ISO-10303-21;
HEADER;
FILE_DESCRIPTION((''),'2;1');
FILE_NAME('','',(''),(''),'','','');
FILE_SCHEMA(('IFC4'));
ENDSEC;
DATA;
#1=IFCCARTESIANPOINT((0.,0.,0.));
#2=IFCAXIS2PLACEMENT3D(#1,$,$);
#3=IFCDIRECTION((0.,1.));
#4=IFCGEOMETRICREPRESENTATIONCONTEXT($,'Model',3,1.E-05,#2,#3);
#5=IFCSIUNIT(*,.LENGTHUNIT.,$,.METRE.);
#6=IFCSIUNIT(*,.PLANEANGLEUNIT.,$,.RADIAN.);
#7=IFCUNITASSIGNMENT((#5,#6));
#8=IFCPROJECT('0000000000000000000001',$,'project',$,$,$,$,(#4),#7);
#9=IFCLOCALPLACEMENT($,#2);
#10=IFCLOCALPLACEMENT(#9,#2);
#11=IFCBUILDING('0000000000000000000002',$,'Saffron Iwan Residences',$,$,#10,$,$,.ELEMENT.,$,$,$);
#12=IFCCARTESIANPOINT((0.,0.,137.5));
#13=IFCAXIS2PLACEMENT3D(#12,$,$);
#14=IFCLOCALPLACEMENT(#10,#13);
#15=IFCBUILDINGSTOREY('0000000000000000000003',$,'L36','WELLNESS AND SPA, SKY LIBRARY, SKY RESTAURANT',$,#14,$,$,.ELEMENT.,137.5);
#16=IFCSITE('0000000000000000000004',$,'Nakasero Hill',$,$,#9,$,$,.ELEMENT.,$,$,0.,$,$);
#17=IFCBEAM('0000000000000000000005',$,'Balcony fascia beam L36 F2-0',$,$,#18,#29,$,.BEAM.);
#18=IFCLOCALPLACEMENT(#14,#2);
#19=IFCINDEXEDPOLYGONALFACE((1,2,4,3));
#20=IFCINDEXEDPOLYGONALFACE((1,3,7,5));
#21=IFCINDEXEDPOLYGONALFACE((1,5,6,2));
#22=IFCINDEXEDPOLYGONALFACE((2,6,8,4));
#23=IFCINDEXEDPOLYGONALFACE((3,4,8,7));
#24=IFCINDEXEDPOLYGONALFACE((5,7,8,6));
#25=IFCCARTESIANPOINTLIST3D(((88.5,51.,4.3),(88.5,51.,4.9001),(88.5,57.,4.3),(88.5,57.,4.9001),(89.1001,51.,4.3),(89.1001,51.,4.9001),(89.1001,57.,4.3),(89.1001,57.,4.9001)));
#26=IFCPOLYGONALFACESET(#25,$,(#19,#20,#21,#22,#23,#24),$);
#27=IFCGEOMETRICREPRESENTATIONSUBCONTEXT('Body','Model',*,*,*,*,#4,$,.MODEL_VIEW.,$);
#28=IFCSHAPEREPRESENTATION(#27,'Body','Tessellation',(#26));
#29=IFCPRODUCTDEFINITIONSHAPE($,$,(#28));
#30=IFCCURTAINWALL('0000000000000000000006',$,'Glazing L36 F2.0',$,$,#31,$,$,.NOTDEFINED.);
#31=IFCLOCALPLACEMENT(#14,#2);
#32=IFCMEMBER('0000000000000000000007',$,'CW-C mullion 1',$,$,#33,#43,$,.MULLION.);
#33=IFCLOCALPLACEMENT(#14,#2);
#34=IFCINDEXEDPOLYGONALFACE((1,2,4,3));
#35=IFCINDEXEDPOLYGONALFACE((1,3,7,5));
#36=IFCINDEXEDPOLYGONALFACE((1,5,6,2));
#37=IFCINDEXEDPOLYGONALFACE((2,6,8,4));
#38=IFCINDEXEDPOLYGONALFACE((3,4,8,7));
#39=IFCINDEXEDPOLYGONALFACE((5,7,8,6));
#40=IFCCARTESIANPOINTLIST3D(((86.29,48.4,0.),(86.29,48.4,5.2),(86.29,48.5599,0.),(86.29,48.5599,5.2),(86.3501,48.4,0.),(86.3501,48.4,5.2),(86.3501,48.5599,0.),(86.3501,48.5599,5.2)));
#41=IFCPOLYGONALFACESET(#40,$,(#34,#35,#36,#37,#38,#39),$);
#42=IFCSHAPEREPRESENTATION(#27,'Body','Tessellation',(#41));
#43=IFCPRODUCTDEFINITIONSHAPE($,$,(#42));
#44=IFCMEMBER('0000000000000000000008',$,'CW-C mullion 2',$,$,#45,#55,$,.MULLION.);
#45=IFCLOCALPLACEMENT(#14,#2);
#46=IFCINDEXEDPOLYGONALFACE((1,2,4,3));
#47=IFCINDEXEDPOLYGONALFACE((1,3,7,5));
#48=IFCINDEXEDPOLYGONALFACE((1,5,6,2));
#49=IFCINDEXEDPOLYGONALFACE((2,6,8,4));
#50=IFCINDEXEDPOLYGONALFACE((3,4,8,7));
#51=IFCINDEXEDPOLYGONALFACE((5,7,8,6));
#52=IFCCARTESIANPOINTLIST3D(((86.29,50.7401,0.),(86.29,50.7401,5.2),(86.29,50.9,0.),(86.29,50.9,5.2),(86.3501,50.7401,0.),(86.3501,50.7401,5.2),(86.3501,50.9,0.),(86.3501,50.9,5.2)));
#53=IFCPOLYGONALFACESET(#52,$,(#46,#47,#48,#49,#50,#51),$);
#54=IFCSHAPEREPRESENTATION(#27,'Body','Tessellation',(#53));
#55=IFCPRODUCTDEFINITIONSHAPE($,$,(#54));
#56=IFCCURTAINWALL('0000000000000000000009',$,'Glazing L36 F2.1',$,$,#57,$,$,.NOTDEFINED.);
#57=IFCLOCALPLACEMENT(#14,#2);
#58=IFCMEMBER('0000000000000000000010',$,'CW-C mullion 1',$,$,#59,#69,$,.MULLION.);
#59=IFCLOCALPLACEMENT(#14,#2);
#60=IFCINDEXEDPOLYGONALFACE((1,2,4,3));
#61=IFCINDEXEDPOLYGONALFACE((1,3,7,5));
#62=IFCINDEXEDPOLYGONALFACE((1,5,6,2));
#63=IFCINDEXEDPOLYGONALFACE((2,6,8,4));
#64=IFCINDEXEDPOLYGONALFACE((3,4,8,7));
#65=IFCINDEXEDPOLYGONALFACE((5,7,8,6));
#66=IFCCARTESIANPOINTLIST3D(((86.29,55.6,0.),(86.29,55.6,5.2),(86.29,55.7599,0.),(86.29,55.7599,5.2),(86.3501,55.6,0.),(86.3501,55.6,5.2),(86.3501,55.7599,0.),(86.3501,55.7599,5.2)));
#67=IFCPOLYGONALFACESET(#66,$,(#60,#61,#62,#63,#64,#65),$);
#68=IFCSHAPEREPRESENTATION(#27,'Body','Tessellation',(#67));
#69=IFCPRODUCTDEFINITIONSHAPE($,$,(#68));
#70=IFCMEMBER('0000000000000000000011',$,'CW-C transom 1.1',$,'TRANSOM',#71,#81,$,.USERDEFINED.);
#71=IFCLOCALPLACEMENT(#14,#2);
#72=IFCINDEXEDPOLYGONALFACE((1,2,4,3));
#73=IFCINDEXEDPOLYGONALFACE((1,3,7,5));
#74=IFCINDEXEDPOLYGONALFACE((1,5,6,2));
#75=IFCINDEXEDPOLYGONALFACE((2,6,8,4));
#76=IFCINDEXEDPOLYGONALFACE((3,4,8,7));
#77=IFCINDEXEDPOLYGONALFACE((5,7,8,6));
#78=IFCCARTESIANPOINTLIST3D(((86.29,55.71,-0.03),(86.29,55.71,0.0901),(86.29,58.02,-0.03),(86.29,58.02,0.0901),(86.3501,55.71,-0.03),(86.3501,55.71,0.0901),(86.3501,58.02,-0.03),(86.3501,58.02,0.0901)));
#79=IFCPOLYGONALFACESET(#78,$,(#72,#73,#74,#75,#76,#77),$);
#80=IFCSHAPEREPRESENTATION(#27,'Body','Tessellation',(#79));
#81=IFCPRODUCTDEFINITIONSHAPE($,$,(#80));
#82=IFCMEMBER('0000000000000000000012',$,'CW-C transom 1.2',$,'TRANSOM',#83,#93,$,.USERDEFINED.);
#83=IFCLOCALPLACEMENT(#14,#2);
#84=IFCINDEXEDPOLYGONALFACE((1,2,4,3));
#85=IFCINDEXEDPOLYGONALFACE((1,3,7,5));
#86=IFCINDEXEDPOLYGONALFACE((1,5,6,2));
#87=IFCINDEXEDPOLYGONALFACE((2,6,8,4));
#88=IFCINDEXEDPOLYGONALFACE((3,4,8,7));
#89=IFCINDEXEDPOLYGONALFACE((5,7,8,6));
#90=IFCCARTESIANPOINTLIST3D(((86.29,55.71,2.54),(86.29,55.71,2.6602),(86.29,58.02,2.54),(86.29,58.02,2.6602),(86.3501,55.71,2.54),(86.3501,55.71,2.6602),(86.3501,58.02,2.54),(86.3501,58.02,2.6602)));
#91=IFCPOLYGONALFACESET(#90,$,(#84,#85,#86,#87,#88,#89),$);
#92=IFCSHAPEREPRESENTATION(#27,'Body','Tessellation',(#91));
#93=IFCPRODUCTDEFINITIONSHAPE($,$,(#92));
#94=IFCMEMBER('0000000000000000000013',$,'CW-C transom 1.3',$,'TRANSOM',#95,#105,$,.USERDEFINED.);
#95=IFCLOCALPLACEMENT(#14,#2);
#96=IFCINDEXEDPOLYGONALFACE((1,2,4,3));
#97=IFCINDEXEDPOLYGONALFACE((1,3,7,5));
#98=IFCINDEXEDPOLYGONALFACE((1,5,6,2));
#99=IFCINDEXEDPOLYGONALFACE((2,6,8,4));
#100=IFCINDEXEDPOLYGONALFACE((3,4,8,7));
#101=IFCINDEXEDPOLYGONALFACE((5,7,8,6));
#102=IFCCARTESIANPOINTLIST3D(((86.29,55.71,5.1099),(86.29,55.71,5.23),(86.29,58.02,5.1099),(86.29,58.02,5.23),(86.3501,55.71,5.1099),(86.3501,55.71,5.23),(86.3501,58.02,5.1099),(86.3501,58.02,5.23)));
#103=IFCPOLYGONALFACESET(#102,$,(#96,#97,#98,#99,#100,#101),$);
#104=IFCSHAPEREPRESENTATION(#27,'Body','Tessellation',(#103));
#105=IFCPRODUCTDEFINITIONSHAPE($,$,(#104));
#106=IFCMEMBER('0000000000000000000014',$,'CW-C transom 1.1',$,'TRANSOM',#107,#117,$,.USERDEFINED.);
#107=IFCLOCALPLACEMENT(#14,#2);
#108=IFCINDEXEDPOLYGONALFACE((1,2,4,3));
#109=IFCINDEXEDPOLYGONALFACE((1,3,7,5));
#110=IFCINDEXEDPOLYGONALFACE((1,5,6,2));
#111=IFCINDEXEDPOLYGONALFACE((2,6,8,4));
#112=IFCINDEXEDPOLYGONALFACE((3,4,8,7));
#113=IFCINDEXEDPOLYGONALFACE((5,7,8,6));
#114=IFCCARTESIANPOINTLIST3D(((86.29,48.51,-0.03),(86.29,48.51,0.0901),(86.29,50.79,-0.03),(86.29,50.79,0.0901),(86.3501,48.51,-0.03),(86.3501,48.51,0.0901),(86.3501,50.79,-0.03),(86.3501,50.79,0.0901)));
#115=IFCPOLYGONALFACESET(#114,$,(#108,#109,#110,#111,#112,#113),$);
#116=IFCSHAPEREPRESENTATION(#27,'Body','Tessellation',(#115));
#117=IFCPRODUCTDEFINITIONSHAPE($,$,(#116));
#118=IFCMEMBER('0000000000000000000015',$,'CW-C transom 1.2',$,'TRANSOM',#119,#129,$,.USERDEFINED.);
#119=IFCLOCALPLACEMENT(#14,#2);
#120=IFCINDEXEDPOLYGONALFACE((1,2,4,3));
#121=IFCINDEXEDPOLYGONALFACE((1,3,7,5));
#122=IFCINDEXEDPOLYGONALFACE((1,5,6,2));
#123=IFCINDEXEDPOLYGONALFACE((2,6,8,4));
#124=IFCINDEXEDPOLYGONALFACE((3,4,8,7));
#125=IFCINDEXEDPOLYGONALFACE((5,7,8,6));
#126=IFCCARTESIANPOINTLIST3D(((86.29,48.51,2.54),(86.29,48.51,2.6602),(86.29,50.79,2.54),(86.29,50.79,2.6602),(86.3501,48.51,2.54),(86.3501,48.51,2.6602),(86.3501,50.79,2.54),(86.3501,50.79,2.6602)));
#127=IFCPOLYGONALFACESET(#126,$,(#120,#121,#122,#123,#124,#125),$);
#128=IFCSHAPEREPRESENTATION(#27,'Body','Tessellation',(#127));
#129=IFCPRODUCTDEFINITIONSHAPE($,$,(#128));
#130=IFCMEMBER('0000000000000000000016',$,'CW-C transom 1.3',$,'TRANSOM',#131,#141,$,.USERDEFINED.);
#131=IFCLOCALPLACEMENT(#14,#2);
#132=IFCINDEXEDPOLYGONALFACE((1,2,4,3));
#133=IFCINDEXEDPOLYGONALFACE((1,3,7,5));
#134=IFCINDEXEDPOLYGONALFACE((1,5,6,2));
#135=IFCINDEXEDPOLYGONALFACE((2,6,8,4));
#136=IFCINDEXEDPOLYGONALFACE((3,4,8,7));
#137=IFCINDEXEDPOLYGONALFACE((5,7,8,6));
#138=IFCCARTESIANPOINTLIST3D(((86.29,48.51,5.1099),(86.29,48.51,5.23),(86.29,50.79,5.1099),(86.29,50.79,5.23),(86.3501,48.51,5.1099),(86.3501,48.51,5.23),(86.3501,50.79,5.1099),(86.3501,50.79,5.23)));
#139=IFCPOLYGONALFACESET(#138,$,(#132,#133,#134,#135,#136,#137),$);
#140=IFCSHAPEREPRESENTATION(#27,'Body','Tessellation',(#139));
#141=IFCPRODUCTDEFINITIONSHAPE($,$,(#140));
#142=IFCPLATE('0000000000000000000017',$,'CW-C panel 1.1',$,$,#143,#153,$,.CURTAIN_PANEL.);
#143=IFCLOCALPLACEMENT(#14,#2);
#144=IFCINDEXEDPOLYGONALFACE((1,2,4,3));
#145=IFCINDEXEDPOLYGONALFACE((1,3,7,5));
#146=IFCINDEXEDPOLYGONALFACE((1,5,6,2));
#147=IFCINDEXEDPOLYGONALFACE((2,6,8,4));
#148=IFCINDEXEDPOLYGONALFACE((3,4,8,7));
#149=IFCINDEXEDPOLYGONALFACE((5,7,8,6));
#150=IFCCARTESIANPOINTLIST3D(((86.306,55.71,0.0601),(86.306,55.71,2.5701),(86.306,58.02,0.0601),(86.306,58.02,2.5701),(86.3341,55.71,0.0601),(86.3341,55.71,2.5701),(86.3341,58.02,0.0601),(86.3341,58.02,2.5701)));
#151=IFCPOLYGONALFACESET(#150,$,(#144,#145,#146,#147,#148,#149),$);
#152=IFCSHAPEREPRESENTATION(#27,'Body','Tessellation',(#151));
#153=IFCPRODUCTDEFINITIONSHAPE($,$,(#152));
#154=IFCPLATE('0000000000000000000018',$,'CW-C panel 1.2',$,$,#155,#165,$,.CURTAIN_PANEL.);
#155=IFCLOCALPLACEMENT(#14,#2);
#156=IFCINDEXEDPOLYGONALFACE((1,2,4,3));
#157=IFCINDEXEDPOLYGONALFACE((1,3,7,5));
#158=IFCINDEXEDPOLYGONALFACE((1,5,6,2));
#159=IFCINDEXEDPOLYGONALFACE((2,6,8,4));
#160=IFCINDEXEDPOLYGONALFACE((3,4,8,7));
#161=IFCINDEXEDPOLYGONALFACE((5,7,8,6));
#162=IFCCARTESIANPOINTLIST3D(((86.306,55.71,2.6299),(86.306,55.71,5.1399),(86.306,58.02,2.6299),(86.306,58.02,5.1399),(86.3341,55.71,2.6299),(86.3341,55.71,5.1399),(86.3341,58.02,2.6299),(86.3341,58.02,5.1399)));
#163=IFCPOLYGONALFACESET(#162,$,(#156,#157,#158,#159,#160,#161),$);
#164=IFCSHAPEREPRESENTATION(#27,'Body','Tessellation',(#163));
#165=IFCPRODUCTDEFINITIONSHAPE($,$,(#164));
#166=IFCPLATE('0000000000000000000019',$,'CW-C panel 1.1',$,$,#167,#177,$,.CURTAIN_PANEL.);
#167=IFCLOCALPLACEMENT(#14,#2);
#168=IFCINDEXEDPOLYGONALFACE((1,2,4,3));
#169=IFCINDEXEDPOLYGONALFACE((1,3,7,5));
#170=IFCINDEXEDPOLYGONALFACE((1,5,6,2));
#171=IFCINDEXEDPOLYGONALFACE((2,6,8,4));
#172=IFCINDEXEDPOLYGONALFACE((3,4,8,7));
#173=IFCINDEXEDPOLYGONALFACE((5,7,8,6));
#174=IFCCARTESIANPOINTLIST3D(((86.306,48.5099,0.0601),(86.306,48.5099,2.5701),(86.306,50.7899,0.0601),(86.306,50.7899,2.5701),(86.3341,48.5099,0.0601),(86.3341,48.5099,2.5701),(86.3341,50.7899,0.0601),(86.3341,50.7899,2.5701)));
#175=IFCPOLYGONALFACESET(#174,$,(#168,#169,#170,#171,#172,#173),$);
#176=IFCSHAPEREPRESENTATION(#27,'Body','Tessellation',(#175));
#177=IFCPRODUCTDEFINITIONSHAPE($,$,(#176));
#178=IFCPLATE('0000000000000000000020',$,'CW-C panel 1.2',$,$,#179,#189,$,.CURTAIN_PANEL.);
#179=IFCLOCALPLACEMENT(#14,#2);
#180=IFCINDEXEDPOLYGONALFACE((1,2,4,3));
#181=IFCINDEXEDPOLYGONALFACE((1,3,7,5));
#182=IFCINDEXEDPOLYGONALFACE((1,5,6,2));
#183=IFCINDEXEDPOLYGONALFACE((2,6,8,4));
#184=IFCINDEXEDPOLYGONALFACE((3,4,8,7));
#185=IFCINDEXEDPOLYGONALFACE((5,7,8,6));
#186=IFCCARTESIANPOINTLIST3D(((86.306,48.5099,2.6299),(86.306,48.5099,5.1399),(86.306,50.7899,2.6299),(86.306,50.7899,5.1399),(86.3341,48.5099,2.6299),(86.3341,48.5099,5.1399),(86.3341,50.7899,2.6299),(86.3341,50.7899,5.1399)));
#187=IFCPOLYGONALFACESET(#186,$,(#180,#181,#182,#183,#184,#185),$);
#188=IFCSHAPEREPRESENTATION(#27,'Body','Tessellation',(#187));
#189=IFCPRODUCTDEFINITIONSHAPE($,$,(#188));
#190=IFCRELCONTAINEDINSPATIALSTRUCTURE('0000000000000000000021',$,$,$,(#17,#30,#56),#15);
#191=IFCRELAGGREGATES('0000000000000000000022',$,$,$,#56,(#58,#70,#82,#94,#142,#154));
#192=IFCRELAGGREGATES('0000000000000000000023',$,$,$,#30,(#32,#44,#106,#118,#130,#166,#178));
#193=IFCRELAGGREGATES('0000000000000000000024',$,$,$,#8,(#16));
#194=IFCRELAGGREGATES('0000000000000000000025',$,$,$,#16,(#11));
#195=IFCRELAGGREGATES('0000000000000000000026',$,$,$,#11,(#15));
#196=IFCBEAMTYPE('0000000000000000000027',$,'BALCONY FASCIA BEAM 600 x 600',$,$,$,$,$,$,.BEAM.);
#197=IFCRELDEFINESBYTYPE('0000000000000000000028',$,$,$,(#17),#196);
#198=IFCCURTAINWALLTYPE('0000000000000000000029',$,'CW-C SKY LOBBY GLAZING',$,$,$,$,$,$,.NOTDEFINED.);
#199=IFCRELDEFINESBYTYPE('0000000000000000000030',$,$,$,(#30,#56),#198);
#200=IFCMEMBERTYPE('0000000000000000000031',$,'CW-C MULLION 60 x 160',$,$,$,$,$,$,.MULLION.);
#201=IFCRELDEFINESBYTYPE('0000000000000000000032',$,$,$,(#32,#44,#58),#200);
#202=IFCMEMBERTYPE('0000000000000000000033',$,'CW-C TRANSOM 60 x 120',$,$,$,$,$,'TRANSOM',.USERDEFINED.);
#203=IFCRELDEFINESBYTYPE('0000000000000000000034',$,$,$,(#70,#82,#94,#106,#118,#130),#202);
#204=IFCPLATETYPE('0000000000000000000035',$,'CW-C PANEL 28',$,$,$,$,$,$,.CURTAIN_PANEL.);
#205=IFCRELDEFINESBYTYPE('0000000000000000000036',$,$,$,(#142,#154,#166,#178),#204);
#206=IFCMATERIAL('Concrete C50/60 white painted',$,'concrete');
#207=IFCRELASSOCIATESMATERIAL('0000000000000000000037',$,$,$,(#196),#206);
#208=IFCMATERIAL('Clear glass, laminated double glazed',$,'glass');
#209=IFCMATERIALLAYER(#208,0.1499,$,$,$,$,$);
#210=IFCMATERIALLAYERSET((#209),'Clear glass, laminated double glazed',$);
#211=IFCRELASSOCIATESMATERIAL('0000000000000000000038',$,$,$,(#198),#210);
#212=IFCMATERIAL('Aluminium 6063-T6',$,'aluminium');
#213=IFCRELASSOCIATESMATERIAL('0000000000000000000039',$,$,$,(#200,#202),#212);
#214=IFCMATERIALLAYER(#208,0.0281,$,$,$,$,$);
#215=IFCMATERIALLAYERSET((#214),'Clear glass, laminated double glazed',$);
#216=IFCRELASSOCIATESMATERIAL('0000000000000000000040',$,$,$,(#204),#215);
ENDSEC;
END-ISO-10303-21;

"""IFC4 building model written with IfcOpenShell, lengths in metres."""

from ifc_helpers import new_model, si_unit, direction, frame, origin, origin_2d, place, context, subcontext, project, spatial, rectangle, extrude, source, transform, mapped, material, layer, layer_set, material_profile, profile_set, type_object, element, aggregate, save


model = new_model("IFC4")

# Units and contexts
model_context = context("Model", 3, precision=1e-05, world=origin(), true_north=direction((0.0, 1.0)))
body_context = subcontext(model_context, "Body", "Model", "MODEL_VIEW")
ifc_project = project(units=[si_unit("LENGTHUNIT", "METRE"), si_unit("PLANEANGLEUNIT", "RADIAN")], contexts=[model_context])

# Site, building, storey
site_placement = place(None, origin())
site = spatial("IfcSite", under=ifc_project, at=site_placement, Name="Nakasero Hill", CompositionType="ELEMENT", RefElevation=0.0)
building_placement = place(site_placement, origin())
building = spatial("IfcBuilding", under=site, at=building_placement, Name="Saffron Iwan Residences", CompositionType="ELEMENT")
storey_placement = place(building_placement, frame((0.0, 0.0, 137.5)))
storey = spatial("IfcBuildingStorey", under=building, at=storey_placement, Name="L36", Description="WELLNESS AND SPA, SKY LIBRARY, SKY RESTAURANT", CompositionType="ELEMENT", Elevation=137.5)

# Beam
ifc_material_1 = material(Name="Concrete C50/60 white painted", Category="concrete")
ifc_material_profile_1 = material_profile(ifc_material_1, rectangle(XDim=0.6001, YDim=0.6001, at=origin_2d()), Name="BALCONY FASCIA BEAM 600 x 600")
ifc_profile_set_1 = profile_set([ifc_material_profile_1], Name="Concrete C50/60 white painted")
beam_type = type_object("IfcBeamType", Name="BALCONY FASCIA BEAM 600 x 600", PredefinedType="BEAM", material=ifc_profile_set_1)
shared_shape_1 = source(origin(), body_context, "Body", "SweptSolid", [
    extrude(rectangle(XDim=0.6001, YDim=0.6001, at=origin_2d()), origin(), (0.0, 0.0, 1.0), 6.0),
])
beam_placement = place(storey_placement, frame((88.8, 51.0, 4.6001), z_axis=(0.0, 1.0, 0.0), x_axis=(-1.0, 0.0, 0.0)))
element("IfcBeam", 1, at=beam_placement, inside=storey, type_object=beam_type, Name="Balcony fascia beam L36 F2-0", PredefinedType="BEAM", context=body_context, shape_type="MappedRepresentation", body=[
    mapped(shared_shape_1, transform((0.0, 0.0, 0.0))),
])

# Curtain walls, members
ifc_material_2 = material(Name="Clear glass, laminated double glazed", Category="glass")
ifc_layer_1 = layer(ifc_material_2, 0.1499)
ifc_layer_set_1 = layer_set([ifc_layer_1], Name="Clear glass, laminated double glazed")
curtain_wall_type = type_object("IfcCurtainWallType", Name="CW-C SKY LOBBY GLAZING", PredefinedType="NOTDEFINED", material=ifc_layer_set_1)
curtain_wall_1_placement = place(storey_placement, origin())
curtain_wall_1 = element("IfcCurtainWall", 2, at=curtain_wall_1_placement, inside=storey, type_object=curtain_wall_type, Name="Glazing L36 F2.0", PredefinedType="NOTDEFINED")
ifc_material_3 = material(Name="Aluminium 6063-T6", Category="aluminium")
ifc_material_profile_2 = material_profile(ifc_material_3, rectangle(XDim=0.0601, YDim=0.1599, at=origin_2d()), Name="CW-C MULLION 60 x 160")
ifc_profile_set_2 = profile_set([ifc_material_profile_2], Name="Aluminium 6063-T6")
member_type_1 = type_object("IfcMemberType", Name="CW-C MULLION 60 x 160", PredefinedType="MULLION", material=ifc_profile_set_2)
shared_shape_2 = source(origin(), body_context, "Body", "SweptSolid", [
    extrude(rectangle(XDim=0.0601, YDim=0.1599, at=origin_2d()), origin(), (0.0, 0.0, 1.0), 5.2),
])
member_1_placement = place(storey_placement, frame((86.3201, 48.48, 0.0), z_axis=(0.0, 0.0, 1.0), x_axis=(-1.0, 0.0, 0.0)))
member_1 = element("IfcMember", 3, at=member_1_placement, type_object=member_type_1, Name="CW-C mullion 1", PredefinedType="MULLION", context=body_context, shape_type="MappedRepresentation", body=[
    mapped(shared_shape_2, transform((0.0, 0.0, 0.0))),
])
member_2_placement = place(storey_placement, frame((86.3201, 50.8201, 0.0), z_axis=(0.0, 0.0, 1.0), x_axis=(-1.0, 0.0, 0.0)))
member_2 = element("IfcMember", 4, at=member_2_placement, type_object=member_type_1, Name="CW-C mullion 2", PredefinedType="MULLION", context=body_context, shape_type="MappedRepresentation", body=[
    mapped(shared_shape_2, transform((0.0, 0.0, 0.0))),
])
curtain_wall_2_placement = place(storey_placement, origin())
curtain_wall_2 = element("IfcCurtainWall", 5, at=curtain_wall_2_placement, inside=storey, type_object=curtain_wall_type, Name="Glazing L36 F2.1", PredefinedType="NOTDEFINED")
member_3_placement = place(storey_placement, frame((86.3201, 55.6799, 0.0), z_axis=(0.0, 0.0, 1.0), x_axis=(-1.0, 0.0, 0.0)))
member_3 = element("IfcMember", 6, at=member_3_placement, type_object=member_type_1, Name="CW-C mullion 1", PredefinedType="MULLION", context=body_context, shape_type="MappedRepresentation", body=[
    mapped(shared_shape_2, transform((0.0, 0.0, 0.0))),
])
ifc_material_profile_3 = material_profile(ifc_material_3, rectangle(XDim=0.0601, YDim=0.1201, at=origin_2d()), Name="CW-C TRANSOM 60 x 120")
ifc_profile_set_3 = profile_set([ifc_material_profile_3], Name="Aluminium 6063-T6")
member_type_2 = type_object("IfcMemberType", Name="CW-C TRANSOM 60 x 120", ElementType="TRANSOM", PredefinedType="USERDEFINED", material=ifc_profile_set_3)
shared_shape_3 = source(origin(), body_context, "Body", "SweptSolid", [
    extrude(rectangle(XDim=0.0601, YDim=0.1201, at=origin_2d()), origin(), (0.0, 0.0, 1.0), 2.3101),
])
member_4_placement = place(storey_placement, frame((86.3201, 55.71, 0.03), z_axis=(0.0, 1.0, 0.0), x_axis=(-1.0, 0.0, 0.0)))
member_4 = element("IfcMember", 7, at=member_4_placement, type_object=member_type_2, Name="CW-C transom 1.1", ObjectType="TRANSOM", PredefinedType="USERDEFINED", context=body_context, shape_type="MappedRepresentation", body=[
    mapped(shared_shape_3, transform((0.0, 0.0, 0.0))),
])
member_5_placement = place(storey_placement, frame((86.3201, 55.71, 2.6001), z_axis=(0.0, 1.0, 0.0), x_axis=(-1.0, 0.0, 0.0)))
member_5 = element("IfcMember", 8, at=member_5_placement, type_object=member_type_2, Name="CW-C transom 1.2", ObjectType="TRANSOM", PredefinedType="USERDEFINED", context=body_context, shape_type="MappedRepresentation", body=[
    mapped(shared_shape_3, transform((0.0, 0.0, 0.0))),
])
member_6_placement = place(storey_placement, frame((86.3201, 55.71, 5.1699), z_axis=(0.0, 1.0, 0.0), x_axis=(-1.0, 0.0, 0.0)))
member_6 = element("IfcMember", 9, at=member_6_placement, type_object=member_type_2, Name="CW-C transom 1.3", ObjectType="TRANSOM", PredefinedType="USERDEFINED", context=body_context, shape_type="MappedRepresentation", body=[
    mapped(shared_shape_3, transform((0.0, 0.0, 0.0))),
])

# Members
shared_shape_4 = source(origin(), body_context, "Body", "SweptSolid", [
    extrude(rectangle(XDim=0.0601, YDim=0.1201, at=origin_2d()), origin(), (0.0, 0.0, 1.0), 2.28),
])
member_7_placement = place(storey_placement, frame((86.3201, 48.51, 0.03), z_axis=(0.0, 1.0, 0.0), x_axis=(-1.0, 0.0, 0.0)))
member_7 = element("IfcMember", 10, at=member_7_placement, type_object=member_type_2, Name="CW-C transom 1.1", ObjectType="TRANSOM", PredefinedType="USERDEFINED", context=body_context, shape_type="MappedRepresentation", body=[
    mapped(shared_shape_4, transform((0.0, 0.0, 0.0))),
])
member_8_placement = place(storey_placement, frame((86.3201, 48.51, 2.6001), z_axis=(0.0, 1.0, 0.0), x_axis=(-1.0, 0.0, 0.0)))
member_8 = element("IfcMember", 11, at=member_8_placement, type_object=member_type_2, Name="CW-C transom 1.2", ObjectType="TRANSOM", PredefinedType="USERDEFINED", context=body_context, shape_type="MappedRepresentation", body=[
    mapped(shared_shape_4, transform((0.0, 0.0, 0.0))),
])
member_9_placement = place(storey_placement, frame((86.3201, 48.51, 5.1699), z_axis=(0.0, 1.0, 0.0), x_axis=(-1.0, 0.0, 0.0)))
member_9 = element("IfcMember", 12, at=member_9_placement, type_object=member_type_2, Name="CW-C transom 1.3", ObjectType="TRANSOM", PredefinedType="USERDEFINED", context=body_context, shape_type="MappedRepresentation", body=[
    mapped(shared_shape_4, transform((0.0, 0.0, 0.0))),
])

# Plates
ifc_layer_2 = layer(ifc_material_2, 0.0281)
ifc_layer_set_2 = layer_set([ifc_layer_2], Name="Clear glass, laminated double glazed")
plate_type = type_object("IfcPlateType", Name="CW-C PANEL 28", PredefinedType="CURTAIN_PANEL", material=ifc_layer_set_2)
shared_shape_5 = source(origin(), body_context, "Body", "SweptSolid", [
    extrude(rectangle(XDim=2.3101, YDim=0.0281, at=origin_2d()), origin(), (0.0, 0.0, 1.0), 2.51),
])
plate_1_placement = place(storey_placement, frame((86.3201, 56.865, 0.0601), z_axis=(0.0, 0.0, 1.0), x_axis=(0.0, 1.0, 0.0)))
plate_1 = element("IfcPlate", 13, at=plate_1_placement, type_object=plate_type, Name="CW-C panel 1.1", PredefinedType="CURTAIN_PANEL", context=body_context, shape_type="MappedRepresentation", body=[
    mapped(shared_shape_5, transform((0.0, 0.0, 0.0))),
])
plate_2_placement = place(storey_placement, frame((86.3201, 56.865, 2.6299), z_axis=(0.0, 0.0, 1.0), x_axis=(0.0, 1.0, 0.0)))
plate_2 = element("IfcPlate", 14, at=plate_2_placement, type_object=plate_type, Name="CW-C panel 1.2", PredefinedType="CURTAIN_PANEL", context=body_context, shape_type="MappedRepresentation", body=[
    mapped(shared_shape_5, transform((0.0, 0.0, 0.0))),
])
aggregate(curtain_wall_2, [member_3, member_4, member_5, member_6, plate_1, plate_2])
shared_shape_6 = source(origin(), body_context, "Body", "SweptSolid", [
    extrude(rectangle(XDim=2.28, YDim=0.0281, at=origin_2d()), origin(), (0.0, 0.0, 1.0), 2.51),
])
plate_3_placement = place(storey_placement, frame((86.3201, 49.6499, 0.0601), z_axis=(0.0, 0.0, 1.0), x_axis=(0.0, 1.0, 0.0)))
plate_3 = element("IfcPlate", 15, at=plate_3_placement, type_object=plate_type, Name="CW-C panel 1.1", PredefinedType="CURTAIN_PANEL", context=body_context, shape_type="MappedRepresentation", body=[
    mapped(shared_shape_6, transform((0.0, 0.0, 0.0))),
])
plate_4_placement = place(storey_placement, frame((86.3201, 49.6499, 2.6299), z_axis=(0.0, 0.0, 1.0), x_axis=(0.0, 1.0, 0.0)))
plate_4 = element("IfcPlate", 16, at=plate_4_placement, type_object=plate_type, Name="CW-C panel 1.2", PredefinedType="CURTAIN_PANEL", context=body_context, shape_type="MappedRepresentation", body=[
    mapped(shared_shape_6, transform((0.0, 0.0, 0.0))),
])
aggregate(curtain_wall_1, [member_1, member_2, member_7, member_8, member_9, plate_3, plate_4])

save(model, "model.ifc")
